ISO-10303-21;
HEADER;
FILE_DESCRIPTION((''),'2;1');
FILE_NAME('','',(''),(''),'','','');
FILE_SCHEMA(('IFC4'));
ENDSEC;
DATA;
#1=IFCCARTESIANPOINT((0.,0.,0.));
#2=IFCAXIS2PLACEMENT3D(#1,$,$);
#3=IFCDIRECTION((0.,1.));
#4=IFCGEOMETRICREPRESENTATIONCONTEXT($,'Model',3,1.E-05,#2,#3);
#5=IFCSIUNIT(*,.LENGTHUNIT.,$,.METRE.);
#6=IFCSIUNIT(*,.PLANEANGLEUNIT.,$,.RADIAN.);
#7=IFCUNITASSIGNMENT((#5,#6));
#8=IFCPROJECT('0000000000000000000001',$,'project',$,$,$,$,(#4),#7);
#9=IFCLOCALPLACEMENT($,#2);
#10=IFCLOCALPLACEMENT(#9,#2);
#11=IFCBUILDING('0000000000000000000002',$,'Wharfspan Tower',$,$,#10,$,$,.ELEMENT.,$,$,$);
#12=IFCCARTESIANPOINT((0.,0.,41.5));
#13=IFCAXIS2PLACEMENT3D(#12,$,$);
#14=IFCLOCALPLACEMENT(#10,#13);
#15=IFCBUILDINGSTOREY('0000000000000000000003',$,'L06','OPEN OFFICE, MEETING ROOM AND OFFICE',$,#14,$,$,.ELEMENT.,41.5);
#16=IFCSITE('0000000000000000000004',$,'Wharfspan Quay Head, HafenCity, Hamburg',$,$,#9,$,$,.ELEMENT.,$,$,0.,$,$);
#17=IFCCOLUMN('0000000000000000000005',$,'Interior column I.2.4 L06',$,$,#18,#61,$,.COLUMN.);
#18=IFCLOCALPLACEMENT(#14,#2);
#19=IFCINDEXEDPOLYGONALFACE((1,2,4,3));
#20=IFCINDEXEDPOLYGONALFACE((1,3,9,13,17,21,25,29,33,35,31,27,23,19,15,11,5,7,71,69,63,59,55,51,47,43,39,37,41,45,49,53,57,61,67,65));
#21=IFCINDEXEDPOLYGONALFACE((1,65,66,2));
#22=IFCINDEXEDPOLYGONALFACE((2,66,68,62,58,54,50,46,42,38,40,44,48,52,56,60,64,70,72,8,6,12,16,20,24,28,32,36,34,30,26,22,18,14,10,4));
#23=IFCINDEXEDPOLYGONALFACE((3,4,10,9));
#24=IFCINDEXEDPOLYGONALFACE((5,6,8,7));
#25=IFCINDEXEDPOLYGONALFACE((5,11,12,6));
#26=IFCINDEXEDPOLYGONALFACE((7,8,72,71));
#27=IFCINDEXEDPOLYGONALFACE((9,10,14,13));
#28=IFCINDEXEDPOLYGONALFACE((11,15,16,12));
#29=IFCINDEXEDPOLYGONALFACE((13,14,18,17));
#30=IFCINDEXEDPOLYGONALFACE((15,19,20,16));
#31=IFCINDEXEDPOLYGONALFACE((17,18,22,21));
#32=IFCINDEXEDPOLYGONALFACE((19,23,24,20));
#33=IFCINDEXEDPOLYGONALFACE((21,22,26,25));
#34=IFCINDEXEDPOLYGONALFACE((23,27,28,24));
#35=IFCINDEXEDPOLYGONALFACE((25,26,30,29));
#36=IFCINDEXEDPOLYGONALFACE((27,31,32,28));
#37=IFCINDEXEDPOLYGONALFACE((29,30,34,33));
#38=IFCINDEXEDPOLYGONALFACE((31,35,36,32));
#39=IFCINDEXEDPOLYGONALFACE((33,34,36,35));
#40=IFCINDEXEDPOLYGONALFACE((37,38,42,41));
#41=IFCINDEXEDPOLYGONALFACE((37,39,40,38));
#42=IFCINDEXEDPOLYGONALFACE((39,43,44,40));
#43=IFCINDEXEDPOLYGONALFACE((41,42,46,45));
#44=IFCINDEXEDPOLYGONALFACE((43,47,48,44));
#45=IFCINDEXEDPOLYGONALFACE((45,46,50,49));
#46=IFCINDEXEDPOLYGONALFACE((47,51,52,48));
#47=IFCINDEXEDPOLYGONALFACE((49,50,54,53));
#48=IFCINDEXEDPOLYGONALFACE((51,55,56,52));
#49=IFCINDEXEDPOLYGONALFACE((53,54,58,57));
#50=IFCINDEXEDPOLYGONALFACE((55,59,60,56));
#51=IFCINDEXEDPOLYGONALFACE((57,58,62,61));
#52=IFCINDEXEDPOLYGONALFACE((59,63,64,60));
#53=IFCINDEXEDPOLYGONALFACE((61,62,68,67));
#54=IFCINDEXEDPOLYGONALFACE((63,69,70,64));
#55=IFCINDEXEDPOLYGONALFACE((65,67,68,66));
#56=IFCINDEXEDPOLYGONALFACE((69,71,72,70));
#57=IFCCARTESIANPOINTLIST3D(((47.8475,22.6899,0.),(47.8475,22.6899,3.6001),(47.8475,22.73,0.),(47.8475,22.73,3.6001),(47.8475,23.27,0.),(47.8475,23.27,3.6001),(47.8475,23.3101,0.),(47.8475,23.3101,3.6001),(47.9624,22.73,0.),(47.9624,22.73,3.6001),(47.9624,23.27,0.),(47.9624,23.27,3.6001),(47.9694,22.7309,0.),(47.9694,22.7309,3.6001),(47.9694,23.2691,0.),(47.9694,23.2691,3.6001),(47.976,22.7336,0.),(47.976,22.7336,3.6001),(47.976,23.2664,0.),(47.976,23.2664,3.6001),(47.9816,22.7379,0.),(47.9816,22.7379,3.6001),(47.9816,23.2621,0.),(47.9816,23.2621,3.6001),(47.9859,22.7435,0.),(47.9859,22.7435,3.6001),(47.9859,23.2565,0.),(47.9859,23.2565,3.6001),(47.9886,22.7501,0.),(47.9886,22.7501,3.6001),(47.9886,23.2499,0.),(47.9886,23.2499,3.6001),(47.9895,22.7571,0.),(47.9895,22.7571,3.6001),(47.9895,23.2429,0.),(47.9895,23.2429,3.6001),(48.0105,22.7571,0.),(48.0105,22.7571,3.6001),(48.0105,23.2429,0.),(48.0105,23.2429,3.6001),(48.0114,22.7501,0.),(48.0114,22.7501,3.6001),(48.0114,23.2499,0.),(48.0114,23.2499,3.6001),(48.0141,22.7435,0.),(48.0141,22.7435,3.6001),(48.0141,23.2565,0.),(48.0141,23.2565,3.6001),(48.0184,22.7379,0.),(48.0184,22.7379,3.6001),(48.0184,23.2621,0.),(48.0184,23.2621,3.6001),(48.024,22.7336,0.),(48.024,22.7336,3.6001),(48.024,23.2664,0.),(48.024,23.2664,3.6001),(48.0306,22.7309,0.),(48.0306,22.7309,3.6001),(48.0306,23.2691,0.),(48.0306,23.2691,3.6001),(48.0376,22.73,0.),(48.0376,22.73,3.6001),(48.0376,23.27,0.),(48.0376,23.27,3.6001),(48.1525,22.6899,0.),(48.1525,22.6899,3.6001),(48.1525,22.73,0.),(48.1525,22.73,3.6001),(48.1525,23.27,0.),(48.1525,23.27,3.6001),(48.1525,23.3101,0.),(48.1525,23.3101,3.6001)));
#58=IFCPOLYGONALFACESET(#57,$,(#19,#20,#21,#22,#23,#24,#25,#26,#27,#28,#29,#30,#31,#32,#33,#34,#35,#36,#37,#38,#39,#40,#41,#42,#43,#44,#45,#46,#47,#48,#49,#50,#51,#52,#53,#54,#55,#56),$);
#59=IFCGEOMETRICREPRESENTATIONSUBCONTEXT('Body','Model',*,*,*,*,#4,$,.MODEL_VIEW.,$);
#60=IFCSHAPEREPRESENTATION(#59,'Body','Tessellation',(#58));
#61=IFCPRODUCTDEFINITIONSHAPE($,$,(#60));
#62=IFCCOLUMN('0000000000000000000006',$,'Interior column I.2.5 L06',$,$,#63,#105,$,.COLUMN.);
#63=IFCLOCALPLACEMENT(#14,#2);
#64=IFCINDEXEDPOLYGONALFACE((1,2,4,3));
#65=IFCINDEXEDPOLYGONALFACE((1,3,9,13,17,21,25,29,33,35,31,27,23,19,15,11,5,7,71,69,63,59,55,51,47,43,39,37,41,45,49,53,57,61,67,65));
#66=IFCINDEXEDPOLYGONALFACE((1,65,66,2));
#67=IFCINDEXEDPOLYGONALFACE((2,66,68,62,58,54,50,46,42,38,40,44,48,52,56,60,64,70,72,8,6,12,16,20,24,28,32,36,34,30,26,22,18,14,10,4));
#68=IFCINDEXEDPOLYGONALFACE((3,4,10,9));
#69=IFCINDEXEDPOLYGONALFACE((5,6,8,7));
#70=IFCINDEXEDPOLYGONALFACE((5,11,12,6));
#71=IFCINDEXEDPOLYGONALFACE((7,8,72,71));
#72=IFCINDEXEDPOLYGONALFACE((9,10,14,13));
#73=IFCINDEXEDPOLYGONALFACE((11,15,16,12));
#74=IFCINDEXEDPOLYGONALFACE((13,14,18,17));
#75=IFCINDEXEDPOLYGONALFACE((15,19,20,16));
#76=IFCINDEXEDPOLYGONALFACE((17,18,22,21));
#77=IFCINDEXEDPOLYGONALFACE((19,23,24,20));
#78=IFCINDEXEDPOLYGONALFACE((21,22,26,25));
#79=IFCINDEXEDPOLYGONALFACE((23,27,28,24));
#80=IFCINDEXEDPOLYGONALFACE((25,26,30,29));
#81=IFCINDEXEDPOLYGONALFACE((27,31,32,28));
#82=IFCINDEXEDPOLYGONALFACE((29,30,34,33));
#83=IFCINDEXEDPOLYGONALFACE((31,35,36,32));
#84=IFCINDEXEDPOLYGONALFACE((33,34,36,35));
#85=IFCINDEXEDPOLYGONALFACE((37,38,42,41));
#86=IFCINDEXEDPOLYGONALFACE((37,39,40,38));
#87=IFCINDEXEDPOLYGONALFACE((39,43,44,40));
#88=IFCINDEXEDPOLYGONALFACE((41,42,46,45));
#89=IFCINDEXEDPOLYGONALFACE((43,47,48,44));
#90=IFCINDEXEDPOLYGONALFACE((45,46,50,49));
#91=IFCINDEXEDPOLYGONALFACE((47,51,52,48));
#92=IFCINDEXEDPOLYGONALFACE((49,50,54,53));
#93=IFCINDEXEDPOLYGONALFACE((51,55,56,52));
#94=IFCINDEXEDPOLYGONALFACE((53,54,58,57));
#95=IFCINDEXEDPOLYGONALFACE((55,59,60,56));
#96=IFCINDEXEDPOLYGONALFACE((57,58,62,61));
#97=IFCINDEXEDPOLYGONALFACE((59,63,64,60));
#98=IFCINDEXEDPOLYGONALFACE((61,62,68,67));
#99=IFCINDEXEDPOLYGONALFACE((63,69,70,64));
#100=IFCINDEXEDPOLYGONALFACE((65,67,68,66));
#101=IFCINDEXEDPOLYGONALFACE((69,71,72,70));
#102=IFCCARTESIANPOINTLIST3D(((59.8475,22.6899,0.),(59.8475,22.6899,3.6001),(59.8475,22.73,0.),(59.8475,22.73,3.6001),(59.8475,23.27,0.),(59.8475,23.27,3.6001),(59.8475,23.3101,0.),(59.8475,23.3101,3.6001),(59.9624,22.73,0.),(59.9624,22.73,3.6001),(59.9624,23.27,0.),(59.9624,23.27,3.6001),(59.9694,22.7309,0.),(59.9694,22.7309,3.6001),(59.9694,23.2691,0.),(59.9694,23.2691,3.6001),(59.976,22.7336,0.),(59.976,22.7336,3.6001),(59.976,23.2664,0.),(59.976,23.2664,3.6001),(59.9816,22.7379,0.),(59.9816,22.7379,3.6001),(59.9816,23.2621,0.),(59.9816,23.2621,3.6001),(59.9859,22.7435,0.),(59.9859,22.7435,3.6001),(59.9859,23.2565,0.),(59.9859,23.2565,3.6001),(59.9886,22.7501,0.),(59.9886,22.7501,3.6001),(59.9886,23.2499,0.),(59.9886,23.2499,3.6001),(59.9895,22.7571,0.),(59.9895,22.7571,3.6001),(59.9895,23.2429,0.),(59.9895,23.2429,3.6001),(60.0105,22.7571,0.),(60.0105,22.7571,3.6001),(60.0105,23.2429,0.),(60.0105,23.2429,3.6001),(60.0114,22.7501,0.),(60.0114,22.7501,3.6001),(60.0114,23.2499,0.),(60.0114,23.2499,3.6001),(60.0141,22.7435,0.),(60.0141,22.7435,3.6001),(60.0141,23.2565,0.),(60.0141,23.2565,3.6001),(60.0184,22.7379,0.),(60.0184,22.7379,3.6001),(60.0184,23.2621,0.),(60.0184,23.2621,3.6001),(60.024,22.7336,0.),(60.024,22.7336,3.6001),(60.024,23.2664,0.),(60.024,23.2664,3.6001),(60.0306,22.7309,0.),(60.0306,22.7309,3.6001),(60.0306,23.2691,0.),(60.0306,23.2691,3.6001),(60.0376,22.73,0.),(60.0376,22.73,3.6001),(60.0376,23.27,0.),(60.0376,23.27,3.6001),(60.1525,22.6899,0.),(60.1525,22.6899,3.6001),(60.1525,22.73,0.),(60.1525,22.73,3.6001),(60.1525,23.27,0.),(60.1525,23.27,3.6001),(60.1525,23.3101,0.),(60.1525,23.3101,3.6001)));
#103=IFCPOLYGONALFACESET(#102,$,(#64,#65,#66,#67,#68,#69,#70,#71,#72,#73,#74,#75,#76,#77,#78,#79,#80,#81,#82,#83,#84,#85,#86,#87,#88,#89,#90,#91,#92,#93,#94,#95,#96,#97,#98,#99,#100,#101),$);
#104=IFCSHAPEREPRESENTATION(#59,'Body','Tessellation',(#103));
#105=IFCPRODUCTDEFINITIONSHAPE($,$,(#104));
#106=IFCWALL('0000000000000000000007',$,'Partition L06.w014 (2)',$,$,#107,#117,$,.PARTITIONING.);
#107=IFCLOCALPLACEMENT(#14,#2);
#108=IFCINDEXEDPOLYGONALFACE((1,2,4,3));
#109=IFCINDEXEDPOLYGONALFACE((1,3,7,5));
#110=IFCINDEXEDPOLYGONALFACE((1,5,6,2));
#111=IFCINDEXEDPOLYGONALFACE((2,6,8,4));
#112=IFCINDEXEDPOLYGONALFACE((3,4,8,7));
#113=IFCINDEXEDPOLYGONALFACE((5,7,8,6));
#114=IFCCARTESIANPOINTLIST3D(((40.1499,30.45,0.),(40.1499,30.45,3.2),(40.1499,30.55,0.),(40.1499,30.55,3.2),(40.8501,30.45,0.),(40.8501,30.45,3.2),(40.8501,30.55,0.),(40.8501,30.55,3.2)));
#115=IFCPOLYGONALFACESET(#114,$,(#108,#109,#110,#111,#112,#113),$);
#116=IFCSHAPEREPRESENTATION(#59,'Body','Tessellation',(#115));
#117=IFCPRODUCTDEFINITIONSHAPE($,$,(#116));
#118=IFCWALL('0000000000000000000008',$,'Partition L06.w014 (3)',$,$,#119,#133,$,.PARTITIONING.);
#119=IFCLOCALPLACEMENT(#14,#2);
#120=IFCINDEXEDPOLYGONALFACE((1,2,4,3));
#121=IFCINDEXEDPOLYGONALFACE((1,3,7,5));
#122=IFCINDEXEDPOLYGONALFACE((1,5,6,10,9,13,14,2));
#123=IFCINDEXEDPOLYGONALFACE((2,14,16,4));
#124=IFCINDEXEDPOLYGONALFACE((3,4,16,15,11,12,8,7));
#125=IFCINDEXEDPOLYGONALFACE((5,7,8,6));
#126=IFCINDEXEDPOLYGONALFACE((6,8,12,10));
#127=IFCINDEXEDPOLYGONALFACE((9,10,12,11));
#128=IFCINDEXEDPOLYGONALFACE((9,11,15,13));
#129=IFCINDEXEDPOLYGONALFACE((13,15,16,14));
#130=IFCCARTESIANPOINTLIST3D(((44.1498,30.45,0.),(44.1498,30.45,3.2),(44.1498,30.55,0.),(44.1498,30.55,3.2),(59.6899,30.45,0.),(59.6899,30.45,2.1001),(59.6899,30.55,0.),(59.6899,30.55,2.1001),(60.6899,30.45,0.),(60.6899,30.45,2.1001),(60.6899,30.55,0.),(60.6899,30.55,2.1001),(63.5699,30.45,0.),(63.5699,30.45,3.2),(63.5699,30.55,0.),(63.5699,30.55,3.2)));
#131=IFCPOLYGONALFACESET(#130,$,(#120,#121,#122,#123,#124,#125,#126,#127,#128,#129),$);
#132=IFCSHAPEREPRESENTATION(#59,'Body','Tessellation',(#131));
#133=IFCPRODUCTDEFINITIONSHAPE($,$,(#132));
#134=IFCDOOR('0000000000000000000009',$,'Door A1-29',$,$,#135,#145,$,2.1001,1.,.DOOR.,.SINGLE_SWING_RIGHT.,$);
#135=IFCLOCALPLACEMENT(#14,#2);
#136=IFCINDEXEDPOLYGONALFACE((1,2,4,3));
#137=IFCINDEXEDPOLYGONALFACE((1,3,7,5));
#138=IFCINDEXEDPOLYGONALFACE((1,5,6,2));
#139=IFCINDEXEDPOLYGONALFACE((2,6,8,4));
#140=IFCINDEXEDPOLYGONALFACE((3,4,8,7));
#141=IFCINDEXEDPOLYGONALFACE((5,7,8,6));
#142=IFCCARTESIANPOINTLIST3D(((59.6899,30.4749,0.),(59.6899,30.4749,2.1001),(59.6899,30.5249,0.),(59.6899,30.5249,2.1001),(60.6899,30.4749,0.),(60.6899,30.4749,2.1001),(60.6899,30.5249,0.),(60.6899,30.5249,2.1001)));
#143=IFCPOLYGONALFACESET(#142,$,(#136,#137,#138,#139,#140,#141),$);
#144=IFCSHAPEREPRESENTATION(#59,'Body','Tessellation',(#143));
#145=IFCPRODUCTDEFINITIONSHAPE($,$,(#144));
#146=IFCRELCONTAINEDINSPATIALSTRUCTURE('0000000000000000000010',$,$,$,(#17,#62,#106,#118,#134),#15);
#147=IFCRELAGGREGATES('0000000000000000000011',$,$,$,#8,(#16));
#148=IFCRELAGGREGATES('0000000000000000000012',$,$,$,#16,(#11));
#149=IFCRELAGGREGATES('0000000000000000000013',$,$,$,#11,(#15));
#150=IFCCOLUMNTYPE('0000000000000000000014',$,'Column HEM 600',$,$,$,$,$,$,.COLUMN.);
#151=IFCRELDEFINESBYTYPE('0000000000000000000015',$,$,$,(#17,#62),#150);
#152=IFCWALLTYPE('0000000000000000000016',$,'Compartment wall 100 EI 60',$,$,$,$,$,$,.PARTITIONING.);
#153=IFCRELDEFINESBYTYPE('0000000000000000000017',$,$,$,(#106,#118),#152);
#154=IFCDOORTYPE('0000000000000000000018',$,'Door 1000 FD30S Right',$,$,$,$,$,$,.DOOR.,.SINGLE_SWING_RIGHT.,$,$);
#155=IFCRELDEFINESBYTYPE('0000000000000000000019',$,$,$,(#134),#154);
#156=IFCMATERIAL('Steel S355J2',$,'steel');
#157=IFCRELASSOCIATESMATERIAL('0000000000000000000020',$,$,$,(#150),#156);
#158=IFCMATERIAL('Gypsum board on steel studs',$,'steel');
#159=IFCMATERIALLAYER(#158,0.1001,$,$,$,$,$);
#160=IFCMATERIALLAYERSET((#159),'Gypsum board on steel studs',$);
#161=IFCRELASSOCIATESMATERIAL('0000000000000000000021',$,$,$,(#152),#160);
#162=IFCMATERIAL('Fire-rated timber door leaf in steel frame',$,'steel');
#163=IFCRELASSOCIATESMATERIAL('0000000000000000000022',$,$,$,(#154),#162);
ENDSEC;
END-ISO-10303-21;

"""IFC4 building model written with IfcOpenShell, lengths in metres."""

from ifc_helpers import new_model, si_unit, direction, frame, frame_2d, origin, origin_2d, place, context, subcontext, project, spatial, rectangle, i_section, extrude, material, layer, layer_set, material_profile, profile_set, type_object, element, fill, save


model = new_model("IFC4")

# Units and contexts
model_context = context("Model", 3, precision=1e-05, world=origin(), true_north=direction((0.0, 1.0)))
body_context = subcontext(model_context, "Body", "Model", "MODEL_VIEW")
ifc_project = project(units=[si_unit("LENGTHUNIT", "METRE"), si_unit("PLANEANGLEUNIT", "RADIAN")], contexts=[model_context])

# Site, building, storey
site_placement = place(None, origin())
site = spatial("IfcSite", under=ifc_project, at=site_placement, Name="Wharfspan Quay Head, HafenCity, Hamburg", CompositionType="ELEMENT", RefElevation=0.0)
building_placement = place(site_placement, origin())
building = spatial("IfcBuilding", under=site, at=building_placement, Name="Wharfspan Tower", CompositionType="ELEMENT")
storey_placement = place(building_placement, frame((0.0, 0.0, 41.5)))
storey = spatial("IfcBuildingStorey", under=building, at=storey_placement, Name="L06", Description="OPEN OFFICE, MEETING ROOM AND OFFICE", CompositionType="ELEMENT", Elevation=41.5)

# Columns
ifc_material_1 = material(Name="Steel S355J2", Category="steel")
ifc_material_profile = material_profile(ifc_material_1, i_section(OverallWidth=0.3049, OverallDepth=0.6201, WebThickness=0.021, FlangeThickness=0.04, FilletRadius=0.0271, at=origin_2d()))
ifc_profile_set = profile_set([ifc_material_profile], Name="Steel S355J2")
column_type = type_object("IfcColumnType", Name="Column HEM 600", PredefinedType="COLUMN", material=ifc_profile_set)
for number, where, z_axis, x_axis, name in (
    (1, (48.0, 23.0, 0.0), (0.0, 0.0, 1.0), (1.0, 0.0, 0.0), "Interior column I.2.4 L06"),
    (2, (60.0, 23.0, 0.0), (0.0, 0.0, 1.0), (1.0, 0.0, 0.0), "Interior column I.2.5 L06"),
):
    element("IfcColumn", number, at=place(storey_placement, frame(where, z_axis=z_axis, x_axis=x_axis)), inside=storey, type_object=column_type, Name=name, PredefinedType="COLUMN", context=body_context, shape_type="SweptSolid", body=[
        extrude(i_section(OverallWidth=0.3049, OverallDepth=0.6201, WebThickness=0.021, FlangeThickness=0.04, FilletRadius=0.0271, at=origin_2d()), origin(), (0.0, 0.0, 1.0), 3.6001),
    ])

# Wall
ifc_material_2 = material(Name="Gypsum board on steel studs", Category="steel")
ifc_layer_1 = layer(ifc_material_2, 0.1001)
ifc_layer_set_1 = layer_set([ifc_layer_1], Name="Gypsum board on steel studs")
wall_type_1 = type_object("IfcWallType", Name="Compartment wall 100 EI 60", PredefinedType="PARTITIONING", material=ifc_layer_set_1)
wall_1_placement = place(storey_placement, frame((40.1499, 30.5, 0.0), z_axis=(0.0, 0.0, 1.0), x_axis=(1.0, 0.0, 0.0)))
element("IfcWall", 3, at=wall_1_placement, inside=storey, type_object=wall_type_1, Name="Partition L06.w014 (2)", PredefinedType="PARTITIONING", context=body_context, shape_type="SweptSolid", body=[
    extrude(rectangle(XDim=0.7002, YDim=0.1001, at=frame_2d((0.3501, 0.0))), origin(), (0.0, 0.0, 1.0), 3.2),
])

# Wall, opening, door
wall_2_placement = place(storey_placement, frame((44.1499, 30.5, 0.0), z_axis=(0.0, 0.0, 1.0), x_axis=(1.0, 0.0, 0.0)))
wall_2 = element("IfcWall", 4, at=wall_2_placement, inside=storey, type_object=wall_type_1, Name="Partition L06.w014 (3)", PredefinedType="PARTITIONING", context=body_context, shape_type="SweptSolid", body=[
    extrude(rectangle(XDim=19.4202, YDim=0.1001, at=frame_2d((9.71, 0.0))), origin(), (0.0, 0.0, 1.0), 3.2),
])
opening_1_placement = place(wall_2_placement, frame((15.54, 0.0, 0.0)))
opening_1 = element("IfcOpeningElement", 5, at=opening_1_placement, cuts=wall_2, PredefinedType="OPENING", context=body_context, shape_type="SweptSolid", body=[
    extrude(rectangle(XDim=1.0, YDim=2.1001, at=frame_2d((0.5, 1.05))), frame((0.0, 0.0601, 0.0), z_axis=(0.0, -1.0, 0.0), x_axis=(1.0, 0.0, 0.0)), (0.0, 0.0, 1.0), 0.1201),
])
ifc_material_3 = material(Name="Fire-rated timber door leaf in steel frame", Category="steel")
door_type_1 = type_object("IfcDoorType", Name="Door 1000 FD30S Right", OperationType="SINGLE_SWING_RIGHT", PredefinedType="DOOR", material=ifc_material_3)
door_1_placement = place(opening_1_placement, origin())
door_1 = element("IfcDoor", 6, at=door_1_placement, inside=storey, type_object=door_type_1, Name="Door A1-29", OperationType="SINGLE_SWING_RIGHT", OverallHeight=2.1001, OverallWidth=1.0, PredefinedType="DOOR", context=body_context, shape_type="SweptSolid", body=[
    extrude(rectangle(XDim=1.0, YDim=2.1001, at=frame_2d((0.5, 1.05))), frame((0.0, 0.0249, 0.0), z_axis=(0.0, -1.0, 0.0), x_axis=(1.0, 0.0, 0.0)), (0.0, 0.0, 1.0), 0.05),
])
fill(opening_1, door_1)

save(model, "model.ifc")
